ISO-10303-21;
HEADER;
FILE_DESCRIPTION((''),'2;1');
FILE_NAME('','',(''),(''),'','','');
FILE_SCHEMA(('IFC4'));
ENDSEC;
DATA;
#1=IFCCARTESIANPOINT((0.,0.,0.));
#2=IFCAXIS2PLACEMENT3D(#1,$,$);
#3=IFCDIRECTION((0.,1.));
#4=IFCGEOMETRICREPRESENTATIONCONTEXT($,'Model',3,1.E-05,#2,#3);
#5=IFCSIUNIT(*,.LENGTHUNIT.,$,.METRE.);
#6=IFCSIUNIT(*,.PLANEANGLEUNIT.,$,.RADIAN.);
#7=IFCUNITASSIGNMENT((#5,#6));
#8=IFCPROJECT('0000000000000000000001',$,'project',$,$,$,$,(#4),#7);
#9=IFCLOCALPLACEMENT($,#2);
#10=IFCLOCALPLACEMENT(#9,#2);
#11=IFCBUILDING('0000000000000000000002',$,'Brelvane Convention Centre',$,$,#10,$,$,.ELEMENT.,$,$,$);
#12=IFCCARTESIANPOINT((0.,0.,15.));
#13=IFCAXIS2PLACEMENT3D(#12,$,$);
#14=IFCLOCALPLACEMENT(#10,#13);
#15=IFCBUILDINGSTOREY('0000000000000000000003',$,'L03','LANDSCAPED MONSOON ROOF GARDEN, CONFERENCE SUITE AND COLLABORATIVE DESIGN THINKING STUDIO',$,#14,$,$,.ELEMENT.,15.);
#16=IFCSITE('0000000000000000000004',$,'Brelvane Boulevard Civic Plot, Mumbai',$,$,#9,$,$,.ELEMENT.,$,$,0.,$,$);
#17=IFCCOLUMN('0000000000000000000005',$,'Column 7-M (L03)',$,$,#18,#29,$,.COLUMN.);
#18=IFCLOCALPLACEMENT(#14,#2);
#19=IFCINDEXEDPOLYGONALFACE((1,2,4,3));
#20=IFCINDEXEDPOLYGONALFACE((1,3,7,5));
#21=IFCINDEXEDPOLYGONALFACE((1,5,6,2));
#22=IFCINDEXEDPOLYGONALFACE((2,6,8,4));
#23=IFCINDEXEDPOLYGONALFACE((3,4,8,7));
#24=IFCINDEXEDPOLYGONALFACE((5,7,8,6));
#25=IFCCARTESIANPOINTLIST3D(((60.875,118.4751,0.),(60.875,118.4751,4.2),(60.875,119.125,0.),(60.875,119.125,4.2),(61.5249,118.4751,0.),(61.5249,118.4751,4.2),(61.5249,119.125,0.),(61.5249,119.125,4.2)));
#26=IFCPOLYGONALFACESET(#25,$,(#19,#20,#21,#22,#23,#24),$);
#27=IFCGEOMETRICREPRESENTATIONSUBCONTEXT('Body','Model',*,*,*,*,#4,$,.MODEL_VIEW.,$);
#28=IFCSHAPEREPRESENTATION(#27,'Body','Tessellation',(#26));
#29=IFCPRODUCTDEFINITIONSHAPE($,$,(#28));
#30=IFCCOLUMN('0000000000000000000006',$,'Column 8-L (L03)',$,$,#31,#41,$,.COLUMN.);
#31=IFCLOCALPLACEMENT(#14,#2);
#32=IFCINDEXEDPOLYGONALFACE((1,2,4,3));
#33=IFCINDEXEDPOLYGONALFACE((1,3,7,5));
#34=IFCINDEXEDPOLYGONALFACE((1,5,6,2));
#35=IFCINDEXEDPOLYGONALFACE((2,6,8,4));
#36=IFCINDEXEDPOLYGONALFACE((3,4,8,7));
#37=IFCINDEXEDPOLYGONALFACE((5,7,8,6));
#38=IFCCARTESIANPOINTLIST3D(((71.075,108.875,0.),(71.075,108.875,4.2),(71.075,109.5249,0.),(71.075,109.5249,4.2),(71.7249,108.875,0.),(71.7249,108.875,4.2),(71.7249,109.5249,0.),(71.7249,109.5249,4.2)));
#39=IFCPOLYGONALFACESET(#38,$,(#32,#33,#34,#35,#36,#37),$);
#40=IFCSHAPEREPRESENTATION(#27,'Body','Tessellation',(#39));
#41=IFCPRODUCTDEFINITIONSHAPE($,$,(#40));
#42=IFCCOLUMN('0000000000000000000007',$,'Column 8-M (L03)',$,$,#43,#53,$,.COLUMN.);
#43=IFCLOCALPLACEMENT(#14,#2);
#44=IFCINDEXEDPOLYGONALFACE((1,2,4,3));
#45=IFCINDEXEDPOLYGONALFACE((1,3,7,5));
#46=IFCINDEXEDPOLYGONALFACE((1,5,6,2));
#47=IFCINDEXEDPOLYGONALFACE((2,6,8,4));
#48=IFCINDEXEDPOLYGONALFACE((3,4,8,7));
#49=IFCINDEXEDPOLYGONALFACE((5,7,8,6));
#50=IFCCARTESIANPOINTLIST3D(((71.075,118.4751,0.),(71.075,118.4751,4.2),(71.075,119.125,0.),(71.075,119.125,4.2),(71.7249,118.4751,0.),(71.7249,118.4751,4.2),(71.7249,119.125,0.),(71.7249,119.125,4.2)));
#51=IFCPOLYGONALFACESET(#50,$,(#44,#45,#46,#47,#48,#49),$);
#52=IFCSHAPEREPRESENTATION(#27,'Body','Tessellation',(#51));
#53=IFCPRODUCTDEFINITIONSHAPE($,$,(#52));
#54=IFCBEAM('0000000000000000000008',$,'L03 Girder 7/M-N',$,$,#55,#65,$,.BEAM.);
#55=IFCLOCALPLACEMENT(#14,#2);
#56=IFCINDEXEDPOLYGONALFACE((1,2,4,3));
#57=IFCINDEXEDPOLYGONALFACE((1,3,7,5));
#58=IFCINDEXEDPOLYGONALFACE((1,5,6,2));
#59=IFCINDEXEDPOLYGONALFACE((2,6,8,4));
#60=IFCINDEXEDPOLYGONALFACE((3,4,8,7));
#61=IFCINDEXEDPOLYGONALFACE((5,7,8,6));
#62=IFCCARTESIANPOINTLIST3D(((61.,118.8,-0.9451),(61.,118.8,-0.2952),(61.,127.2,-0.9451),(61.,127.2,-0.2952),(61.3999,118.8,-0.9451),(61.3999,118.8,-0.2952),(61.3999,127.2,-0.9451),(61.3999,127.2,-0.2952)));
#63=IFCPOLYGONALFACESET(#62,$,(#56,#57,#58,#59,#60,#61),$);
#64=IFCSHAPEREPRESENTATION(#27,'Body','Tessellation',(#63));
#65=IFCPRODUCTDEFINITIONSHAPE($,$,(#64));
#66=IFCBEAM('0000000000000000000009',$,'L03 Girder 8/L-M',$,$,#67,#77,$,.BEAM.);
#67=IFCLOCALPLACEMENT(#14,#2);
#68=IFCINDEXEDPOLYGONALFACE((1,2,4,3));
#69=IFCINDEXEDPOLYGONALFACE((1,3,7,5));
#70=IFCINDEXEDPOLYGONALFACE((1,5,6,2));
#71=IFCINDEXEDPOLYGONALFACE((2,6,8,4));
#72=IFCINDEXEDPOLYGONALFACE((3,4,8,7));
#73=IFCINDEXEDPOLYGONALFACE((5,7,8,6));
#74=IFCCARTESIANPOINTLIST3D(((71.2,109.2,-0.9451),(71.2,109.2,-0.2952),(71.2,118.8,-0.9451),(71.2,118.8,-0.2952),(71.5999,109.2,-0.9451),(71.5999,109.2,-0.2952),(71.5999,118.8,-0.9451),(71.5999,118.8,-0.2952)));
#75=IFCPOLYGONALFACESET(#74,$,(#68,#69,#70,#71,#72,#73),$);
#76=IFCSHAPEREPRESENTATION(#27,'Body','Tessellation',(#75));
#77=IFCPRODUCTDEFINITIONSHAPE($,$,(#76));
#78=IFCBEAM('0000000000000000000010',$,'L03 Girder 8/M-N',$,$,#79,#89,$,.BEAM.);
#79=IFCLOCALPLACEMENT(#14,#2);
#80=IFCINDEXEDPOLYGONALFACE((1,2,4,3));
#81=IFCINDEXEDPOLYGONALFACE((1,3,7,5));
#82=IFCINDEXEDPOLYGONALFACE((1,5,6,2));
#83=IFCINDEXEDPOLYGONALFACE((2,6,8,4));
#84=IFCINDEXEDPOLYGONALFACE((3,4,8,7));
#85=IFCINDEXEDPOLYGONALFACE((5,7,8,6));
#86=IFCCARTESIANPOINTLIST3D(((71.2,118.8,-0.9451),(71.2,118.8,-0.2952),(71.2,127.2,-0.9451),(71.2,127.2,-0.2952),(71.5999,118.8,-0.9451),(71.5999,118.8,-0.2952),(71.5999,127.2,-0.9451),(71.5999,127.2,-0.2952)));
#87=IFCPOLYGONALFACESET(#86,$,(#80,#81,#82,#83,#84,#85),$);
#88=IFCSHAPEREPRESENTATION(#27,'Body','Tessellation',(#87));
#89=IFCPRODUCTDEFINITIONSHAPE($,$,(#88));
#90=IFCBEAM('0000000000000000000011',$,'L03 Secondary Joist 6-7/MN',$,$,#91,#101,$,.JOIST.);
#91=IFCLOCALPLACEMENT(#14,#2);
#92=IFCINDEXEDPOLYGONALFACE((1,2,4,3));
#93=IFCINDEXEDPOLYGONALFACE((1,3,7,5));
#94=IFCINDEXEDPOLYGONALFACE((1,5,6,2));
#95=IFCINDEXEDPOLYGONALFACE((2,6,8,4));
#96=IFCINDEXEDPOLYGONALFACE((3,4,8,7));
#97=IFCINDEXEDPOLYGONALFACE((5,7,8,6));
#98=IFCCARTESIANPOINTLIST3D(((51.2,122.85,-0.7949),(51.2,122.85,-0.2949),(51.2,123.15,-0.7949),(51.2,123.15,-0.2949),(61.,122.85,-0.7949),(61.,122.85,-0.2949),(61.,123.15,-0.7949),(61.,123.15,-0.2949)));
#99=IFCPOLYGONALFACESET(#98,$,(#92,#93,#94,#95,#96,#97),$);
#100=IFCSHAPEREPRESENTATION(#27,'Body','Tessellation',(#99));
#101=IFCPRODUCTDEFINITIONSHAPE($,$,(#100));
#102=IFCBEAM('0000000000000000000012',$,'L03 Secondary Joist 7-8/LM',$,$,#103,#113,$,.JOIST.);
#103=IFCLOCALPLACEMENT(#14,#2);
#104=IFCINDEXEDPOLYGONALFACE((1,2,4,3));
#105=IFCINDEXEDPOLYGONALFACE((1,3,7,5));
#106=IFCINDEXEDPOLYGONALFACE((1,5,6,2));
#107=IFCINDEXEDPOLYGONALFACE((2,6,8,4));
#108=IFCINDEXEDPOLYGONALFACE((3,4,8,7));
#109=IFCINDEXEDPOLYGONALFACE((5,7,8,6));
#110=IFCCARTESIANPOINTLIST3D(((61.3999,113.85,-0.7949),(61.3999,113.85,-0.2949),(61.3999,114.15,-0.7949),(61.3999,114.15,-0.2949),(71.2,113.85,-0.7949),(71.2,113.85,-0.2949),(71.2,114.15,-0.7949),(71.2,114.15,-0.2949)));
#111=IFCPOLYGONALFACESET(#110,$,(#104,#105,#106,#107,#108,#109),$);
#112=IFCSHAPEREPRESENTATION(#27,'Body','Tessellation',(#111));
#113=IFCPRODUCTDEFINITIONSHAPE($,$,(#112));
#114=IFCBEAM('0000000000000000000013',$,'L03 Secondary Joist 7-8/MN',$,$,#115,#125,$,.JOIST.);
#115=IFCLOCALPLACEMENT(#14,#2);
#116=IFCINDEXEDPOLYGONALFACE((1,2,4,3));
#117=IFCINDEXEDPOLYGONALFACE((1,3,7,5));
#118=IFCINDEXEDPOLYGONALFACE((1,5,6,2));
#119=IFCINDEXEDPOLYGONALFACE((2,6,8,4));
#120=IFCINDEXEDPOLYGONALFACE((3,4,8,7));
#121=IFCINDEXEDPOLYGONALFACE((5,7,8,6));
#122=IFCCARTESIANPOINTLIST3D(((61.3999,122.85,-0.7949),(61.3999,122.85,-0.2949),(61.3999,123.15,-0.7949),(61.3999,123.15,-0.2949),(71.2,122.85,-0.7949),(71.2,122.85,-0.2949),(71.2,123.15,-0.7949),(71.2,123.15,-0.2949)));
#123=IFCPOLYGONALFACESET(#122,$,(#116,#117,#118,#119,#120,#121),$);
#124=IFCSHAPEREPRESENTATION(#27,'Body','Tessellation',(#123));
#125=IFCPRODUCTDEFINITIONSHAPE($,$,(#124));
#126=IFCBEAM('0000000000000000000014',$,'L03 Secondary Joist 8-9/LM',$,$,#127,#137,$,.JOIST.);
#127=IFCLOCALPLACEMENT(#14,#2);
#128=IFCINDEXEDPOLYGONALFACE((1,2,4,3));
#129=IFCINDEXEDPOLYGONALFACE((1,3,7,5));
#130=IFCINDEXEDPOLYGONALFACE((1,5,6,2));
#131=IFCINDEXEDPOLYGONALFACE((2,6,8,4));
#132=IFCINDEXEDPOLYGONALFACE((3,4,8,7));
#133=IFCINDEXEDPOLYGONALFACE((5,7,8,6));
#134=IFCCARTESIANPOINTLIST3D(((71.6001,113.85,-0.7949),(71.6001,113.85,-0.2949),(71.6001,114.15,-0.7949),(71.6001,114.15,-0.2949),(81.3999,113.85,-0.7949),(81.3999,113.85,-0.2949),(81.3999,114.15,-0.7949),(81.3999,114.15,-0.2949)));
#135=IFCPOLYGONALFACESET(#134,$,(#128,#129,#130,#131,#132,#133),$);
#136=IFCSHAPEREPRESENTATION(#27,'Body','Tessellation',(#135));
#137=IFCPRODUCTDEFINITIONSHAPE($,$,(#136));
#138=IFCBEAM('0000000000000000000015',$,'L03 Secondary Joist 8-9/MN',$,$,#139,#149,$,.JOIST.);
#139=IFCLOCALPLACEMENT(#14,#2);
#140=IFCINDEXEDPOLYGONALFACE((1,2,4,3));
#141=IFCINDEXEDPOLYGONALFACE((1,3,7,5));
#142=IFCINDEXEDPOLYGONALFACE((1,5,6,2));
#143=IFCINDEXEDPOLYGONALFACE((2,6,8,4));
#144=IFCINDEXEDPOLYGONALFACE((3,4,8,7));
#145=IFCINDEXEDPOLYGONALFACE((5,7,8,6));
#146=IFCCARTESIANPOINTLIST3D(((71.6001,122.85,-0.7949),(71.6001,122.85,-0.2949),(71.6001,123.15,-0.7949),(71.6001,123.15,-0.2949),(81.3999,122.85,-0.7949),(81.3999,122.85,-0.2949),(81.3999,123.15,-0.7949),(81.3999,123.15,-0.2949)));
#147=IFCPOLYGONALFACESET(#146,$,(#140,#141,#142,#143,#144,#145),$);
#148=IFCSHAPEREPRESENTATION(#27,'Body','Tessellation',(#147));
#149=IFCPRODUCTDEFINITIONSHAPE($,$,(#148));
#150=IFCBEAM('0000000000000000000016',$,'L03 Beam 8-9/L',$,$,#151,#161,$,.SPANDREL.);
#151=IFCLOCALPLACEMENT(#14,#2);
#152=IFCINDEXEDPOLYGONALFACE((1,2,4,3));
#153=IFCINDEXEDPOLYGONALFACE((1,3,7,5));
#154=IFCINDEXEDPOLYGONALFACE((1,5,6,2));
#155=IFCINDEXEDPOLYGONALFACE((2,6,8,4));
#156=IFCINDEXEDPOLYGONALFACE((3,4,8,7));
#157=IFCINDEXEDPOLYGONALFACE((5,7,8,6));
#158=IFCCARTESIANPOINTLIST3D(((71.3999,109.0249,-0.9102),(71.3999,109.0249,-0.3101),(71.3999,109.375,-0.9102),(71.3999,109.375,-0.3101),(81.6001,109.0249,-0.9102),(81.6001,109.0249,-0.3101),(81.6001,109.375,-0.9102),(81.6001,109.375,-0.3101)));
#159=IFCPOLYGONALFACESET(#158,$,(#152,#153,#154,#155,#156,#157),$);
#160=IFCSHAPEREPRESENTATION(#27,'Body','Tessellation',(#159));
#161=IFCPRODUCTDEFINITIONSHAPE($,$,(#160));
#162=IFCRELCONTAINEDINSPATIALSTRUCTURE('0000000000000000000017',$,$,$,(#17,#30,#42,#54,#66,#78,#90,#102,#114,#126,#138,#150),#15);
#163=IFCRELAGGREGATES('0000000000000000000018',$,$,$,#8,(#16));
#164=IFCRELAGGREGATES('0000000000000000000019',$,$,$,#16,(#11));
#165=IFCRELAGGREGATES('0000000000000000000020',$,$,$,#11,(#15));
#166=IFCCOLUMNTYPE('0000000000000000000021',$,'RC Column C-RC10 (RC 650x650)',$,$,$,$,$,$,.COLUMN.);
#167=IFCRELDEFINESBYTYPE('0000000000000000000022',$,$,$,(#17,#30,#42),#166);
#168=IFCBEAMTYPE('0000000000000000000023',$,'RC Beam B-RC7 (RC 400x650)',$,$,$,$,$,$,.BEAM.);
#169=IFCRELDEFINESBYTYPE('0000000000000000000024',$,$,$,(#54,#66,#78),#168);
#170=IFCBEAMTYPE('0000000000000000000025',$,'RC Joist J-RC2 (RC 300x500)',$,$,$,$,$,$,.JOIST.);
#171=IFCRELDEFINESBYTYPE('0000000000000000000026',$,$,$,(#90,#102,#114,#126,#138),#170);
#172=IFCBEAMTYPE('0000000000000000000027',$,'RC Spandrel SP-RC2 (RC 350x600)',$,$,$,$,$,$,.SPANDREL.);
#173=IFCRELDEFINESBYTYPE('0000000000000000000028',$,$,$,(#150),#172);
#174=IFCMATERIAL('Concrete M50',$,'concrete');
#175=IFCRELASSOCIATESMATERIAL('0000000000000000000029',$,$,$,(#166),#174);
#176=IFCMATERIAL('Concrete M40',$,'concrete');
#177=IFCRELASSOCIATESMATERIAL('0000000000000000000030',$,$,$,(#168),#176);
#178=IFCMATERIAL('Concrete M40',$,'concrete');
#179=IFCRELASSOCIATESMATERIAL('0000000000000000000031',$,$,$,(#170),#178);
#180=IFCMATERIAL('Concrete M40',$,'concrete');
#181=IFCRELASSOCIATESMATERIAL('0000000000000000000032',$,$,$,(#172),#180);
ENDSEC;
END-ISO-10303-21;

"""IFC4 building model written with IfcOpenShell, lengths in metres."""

from ifc_helpers import new_model, si_unit, direction, frame, origin, origin_2d, place, context, subcontext, project, spatial, rectangle, extrude, material, material_profile, profile_set, type_object, element, save


model = new_model("IFC4")

# Units and contexts
model_context = context("Model", 3, precision=1e-05, world=origin(), true_north=direction((0.0, 1.0)))
body_context = subcontext(model_context, "Body", "Model", "MODEL_VIEW")
ifc_project = project(units=[si_unit("LENGTHUNIT", "METRE"), si_unit("PLANEANGLEUNIT", "RADIAN")], contexts=[model_context])

# Site, building, storey
site_placement = place(None, origin())
site = spatial("IfcSite", under=ifc_project, at=site_placement, Name="Brelvane Boulevard Civic Plot, Mumbai", CompositionType="ELEMENT", RefElevation=0.0)
building_placement = place(site_placement, origin())
building = spatial("IfcBuilding", under=site, at=building_placement, Name="Brelvane Convention Centre", CompositionType="ELEMENT")
storey_placement = place(building_placement, frame((0.0, 0.0, 15.0)))
storey = spatial("IfcBuildingStorey", under=building, at=storey_placement, Name="L03", Description="LANDSCAPED MONSOON ROOF GARDEN, CONFERENCE SUITE AND COLLABORATIVE DESIGN THINKING STUDIO", CompositionType="ELEMENT", Elevation=15.0)

# Columns
ifc_material_1 = material(Name="Concrete M50", Category="concrete")
ifc_material_profile_1 = material_profile(ifc_material_1, rectangle(XDim=0.6499, YDim=0.6499, at=origin_2d()), Name="RC 650x650")
ifc_profile_set_1 = profile_set([ifc_material_profile_1], Name="Concrete M50")
column_type = type_object("IfcColumnType", Name="RC Column C-RC10 (RC 650x650)", PredefinedType="COLUMN", material=ifc_profile_set_1)
for number, where, z_axis, x_axis, name in (
    (1, (61.2, 118.8, 0.0), (0.0, 0.0, 1.0), (1.0, 0.0, 0.0), "Column 7-M (L03)"),
    (2, (71.3999, 109.2, 0.0), (0.0, 0.0, 1.0), (1.0, 0.0, 0.0), "Column 8-L (L03)"),
    (3, (71.3999, 118.8, 0.0), (0.0, 0.0, 1.0), (1.0, 0.0, 0.0), "Column 8-M (L03)"),
):
    element("IfcColumn", number, at=place(storey_placement, frame(where, z_axis=z_axis, x_axis=x_axis)), inside=storey, type_object=column_type, Name=name, PredefinedType="COLUMN", context=body_context, shape_type="SweptSolid", body=[
        extrude(rectangle(XDim=0.6499, YDim=0.6499, at=origin_2d()), origin(), (0.0, 0.0, 1.0), 4.2),
    ])

# Beams
ifc_material_2 = material(Name="Concrete M40", Category="concrete")
ifc_material_profile_2 = material_profile(ifc_material_2, rectangle(XDim=0.3999, YDim=0.6499, at=origin_2d()), Name="RC 400x650")
ifc_profile_set_2 = profile_set([ifc_material_profile_2], Name="Concrete M40")
beam_type_1 = type_object("IfcBeamType", Name="RC Beam B-RC7 (RC 400x650)", PredefinedType="BEAM", material=ifc_profile_set_2)
beam_1_placement = place(storey_placement, frame((61.2, 118.8, -0.6201), z_axis=(0.0, 1.0, 0.0), x_axis=(-1.0, 0.0, 0.0)))
element("IfcBeam", 4, at=beam_1_placement, inside=storey, type_object=beam_type_1, Name="L03 Girder 7/M-N", PredefinedType="BEAM", context=body_context, shape_type="SweptSolid", body=[
    extrude(rectangle(XDim=0.3999, YDim=0.6499, at=origin_2d()), origin(), (0.0, 0.0, 1.0), 8.3999),
])
beam_2_placement = place(storey_placement, frame((71.3999, 109.2, -0.6201), z_axis=(0.0, 1.0, 0.0), x_axis=(-1.0, 0.0, 0.0)))
element("IfcBeam", 5, at=beam_2_placement, inside=storey, type_object=beam_type_1, Name="L03 Girder 8/L-M", PredefinedType="BEAM", context=body_context, shape_type="SweptSolid", body=[
    extrude(rectangle(XDim=0.3999, YDim=0.6499, at=origin_2d()), origin(), (0.0, 0.0, 1.0), 9.6001),
])
beam_3_placement = place(storey_placement, frame((71.3999, 118.8, -0.6201), z_axis=(0.0, 1.0, 0.0), x_axis=(-1.0, 0.0, 0.0)))
element("IfcBeam", 6, at=beam_3_placement, inside=storey, type_object=beam_type_1, Name="L03 Girder 8/M-N", PredefinedType="BEAM", context=body_context, shape_type="SweptSolid", body=[
    extrude(rectangle(XDim=0.3999, YDim=0.6499, at=origin_2d()), origin(), (0.0, 0.0, 1.0), 8.3999),
])
ifc_material_3 = material(Name="Concrete M40", Category="concrete")
ifc_material_profile_3 = material_profile(ifc_material_3, rectangle(XDim=0.3, YDim=0.5, at=origin_2d()), Name="RC 300x500")
ifc_profile_set_3 = profile_set([ifc_material_profile_3], Name="Concrete M40")
beam_type_2 = type_object("IfcBeamType", Name="RC Joist J-RC2 (RC 300x500)", PredefinedType="JOIST", material=ifc_profile_set_3)
for number, where, z_axis, x_axis, name in (
    (7, (51.2, 123.0, -0.5449), (1.0, 0.0, 0.0), (0.0, 1.0, 0.0), "L03 Secondary Joist 6-7/MN"),
    (8, (61.3999, 114.0, -0.5449), (1.0, 0.0, 0.0), (0.0, 1.0, 0.0), "L03 Secondary Joist 7-8/LM"),
    (9, (61.3999, 123.0, -0.5449), (1.0, 0.0, 0.0), (0.0, 1.0, 0.0), "L03 Secondary Joist 7-8/MN"),
):
    element("IfcBeam", number, at=place(storey_placement, frame(where, z_axis=z_axis, x_axis=x_axis)), inside=storey, type_object=beam_type_2, Name=name, PredefinedType="JOIST", context=body_context, shape_type="SweptSolid", body=[
        extrude(rectangle(XDim=0.3, YDim=0.5, at=origin_2d()), origin(), (0.0, 0.0, 1.0), 9.8),
    ])
for number, where, z_axis, x_axis, name in (
    (10, (71.6001, 114.0, -0.5449), (1.0, 0.0, 0.0), (0.0, 1.0, 0.0), "L03 Secondary Joist 8-9/LM"),
    (11, (71.6001, 123.0, -0.5449), (1.0, 0.0, 0.0), (0.0, 1.0, 0.0), "L03 Secondary Joist 8-9/MN"),
):
    element("IfcBeam", number, at=place(storey_placement, frame(where, z_axis=z_axis, x_axis=x_axis)), inside=storey, type_object=beam_type_2, Name=name, PredefinedType="JOIST", context=body_context, shape_type="SweptSolid", body=[
        extrude(rectangle(XDim=0.3, YDim=0.5, at=origin_2d()), origin(), (0.0, 0.0, 1.0), 9.7998),
    ])
ifc_material_4 = material(Name="Concrete M40", Category="concrete")
ifc_material_profile_4 = material_profile(ifc_material_4, rectangle(XDim=0.3501, YDim=0.6001, at=origin_2d()), Name="RC 350x600")
ifc_profile_set_4 = profile_set([ifc_material_profile_4], Name="Concrete M40")
beam_type_3 = type_object("IfcBeamType", Name="RC Spandrel SP-RC2 (RC 350x600)", PredefinedType="SPANDREL", material=ifc_profile_set_4)
beam_4_placement = place(storey_placement, frame((71.3999, 109.2, -0.6101), z_axis=(1.0, 0.0, 0.0), x_axis=(0.0, 1.0, 0.0)))
element("IfcBeam", 12, at=beam_4_placement, inside=storey, type_object=beam_type_3, Name="L03 Beam 8-9/L", PredefinedType="SPANDREL", context=body_context, shape_type="SweptSolid", body=[
    extrude(rectangle(XDim=0.3501, YDim=0.6001, at=origin_2d()), origin(), (0.0, 0.0, 1.0), 10.2002),
])

save(model, "model.ifc")
